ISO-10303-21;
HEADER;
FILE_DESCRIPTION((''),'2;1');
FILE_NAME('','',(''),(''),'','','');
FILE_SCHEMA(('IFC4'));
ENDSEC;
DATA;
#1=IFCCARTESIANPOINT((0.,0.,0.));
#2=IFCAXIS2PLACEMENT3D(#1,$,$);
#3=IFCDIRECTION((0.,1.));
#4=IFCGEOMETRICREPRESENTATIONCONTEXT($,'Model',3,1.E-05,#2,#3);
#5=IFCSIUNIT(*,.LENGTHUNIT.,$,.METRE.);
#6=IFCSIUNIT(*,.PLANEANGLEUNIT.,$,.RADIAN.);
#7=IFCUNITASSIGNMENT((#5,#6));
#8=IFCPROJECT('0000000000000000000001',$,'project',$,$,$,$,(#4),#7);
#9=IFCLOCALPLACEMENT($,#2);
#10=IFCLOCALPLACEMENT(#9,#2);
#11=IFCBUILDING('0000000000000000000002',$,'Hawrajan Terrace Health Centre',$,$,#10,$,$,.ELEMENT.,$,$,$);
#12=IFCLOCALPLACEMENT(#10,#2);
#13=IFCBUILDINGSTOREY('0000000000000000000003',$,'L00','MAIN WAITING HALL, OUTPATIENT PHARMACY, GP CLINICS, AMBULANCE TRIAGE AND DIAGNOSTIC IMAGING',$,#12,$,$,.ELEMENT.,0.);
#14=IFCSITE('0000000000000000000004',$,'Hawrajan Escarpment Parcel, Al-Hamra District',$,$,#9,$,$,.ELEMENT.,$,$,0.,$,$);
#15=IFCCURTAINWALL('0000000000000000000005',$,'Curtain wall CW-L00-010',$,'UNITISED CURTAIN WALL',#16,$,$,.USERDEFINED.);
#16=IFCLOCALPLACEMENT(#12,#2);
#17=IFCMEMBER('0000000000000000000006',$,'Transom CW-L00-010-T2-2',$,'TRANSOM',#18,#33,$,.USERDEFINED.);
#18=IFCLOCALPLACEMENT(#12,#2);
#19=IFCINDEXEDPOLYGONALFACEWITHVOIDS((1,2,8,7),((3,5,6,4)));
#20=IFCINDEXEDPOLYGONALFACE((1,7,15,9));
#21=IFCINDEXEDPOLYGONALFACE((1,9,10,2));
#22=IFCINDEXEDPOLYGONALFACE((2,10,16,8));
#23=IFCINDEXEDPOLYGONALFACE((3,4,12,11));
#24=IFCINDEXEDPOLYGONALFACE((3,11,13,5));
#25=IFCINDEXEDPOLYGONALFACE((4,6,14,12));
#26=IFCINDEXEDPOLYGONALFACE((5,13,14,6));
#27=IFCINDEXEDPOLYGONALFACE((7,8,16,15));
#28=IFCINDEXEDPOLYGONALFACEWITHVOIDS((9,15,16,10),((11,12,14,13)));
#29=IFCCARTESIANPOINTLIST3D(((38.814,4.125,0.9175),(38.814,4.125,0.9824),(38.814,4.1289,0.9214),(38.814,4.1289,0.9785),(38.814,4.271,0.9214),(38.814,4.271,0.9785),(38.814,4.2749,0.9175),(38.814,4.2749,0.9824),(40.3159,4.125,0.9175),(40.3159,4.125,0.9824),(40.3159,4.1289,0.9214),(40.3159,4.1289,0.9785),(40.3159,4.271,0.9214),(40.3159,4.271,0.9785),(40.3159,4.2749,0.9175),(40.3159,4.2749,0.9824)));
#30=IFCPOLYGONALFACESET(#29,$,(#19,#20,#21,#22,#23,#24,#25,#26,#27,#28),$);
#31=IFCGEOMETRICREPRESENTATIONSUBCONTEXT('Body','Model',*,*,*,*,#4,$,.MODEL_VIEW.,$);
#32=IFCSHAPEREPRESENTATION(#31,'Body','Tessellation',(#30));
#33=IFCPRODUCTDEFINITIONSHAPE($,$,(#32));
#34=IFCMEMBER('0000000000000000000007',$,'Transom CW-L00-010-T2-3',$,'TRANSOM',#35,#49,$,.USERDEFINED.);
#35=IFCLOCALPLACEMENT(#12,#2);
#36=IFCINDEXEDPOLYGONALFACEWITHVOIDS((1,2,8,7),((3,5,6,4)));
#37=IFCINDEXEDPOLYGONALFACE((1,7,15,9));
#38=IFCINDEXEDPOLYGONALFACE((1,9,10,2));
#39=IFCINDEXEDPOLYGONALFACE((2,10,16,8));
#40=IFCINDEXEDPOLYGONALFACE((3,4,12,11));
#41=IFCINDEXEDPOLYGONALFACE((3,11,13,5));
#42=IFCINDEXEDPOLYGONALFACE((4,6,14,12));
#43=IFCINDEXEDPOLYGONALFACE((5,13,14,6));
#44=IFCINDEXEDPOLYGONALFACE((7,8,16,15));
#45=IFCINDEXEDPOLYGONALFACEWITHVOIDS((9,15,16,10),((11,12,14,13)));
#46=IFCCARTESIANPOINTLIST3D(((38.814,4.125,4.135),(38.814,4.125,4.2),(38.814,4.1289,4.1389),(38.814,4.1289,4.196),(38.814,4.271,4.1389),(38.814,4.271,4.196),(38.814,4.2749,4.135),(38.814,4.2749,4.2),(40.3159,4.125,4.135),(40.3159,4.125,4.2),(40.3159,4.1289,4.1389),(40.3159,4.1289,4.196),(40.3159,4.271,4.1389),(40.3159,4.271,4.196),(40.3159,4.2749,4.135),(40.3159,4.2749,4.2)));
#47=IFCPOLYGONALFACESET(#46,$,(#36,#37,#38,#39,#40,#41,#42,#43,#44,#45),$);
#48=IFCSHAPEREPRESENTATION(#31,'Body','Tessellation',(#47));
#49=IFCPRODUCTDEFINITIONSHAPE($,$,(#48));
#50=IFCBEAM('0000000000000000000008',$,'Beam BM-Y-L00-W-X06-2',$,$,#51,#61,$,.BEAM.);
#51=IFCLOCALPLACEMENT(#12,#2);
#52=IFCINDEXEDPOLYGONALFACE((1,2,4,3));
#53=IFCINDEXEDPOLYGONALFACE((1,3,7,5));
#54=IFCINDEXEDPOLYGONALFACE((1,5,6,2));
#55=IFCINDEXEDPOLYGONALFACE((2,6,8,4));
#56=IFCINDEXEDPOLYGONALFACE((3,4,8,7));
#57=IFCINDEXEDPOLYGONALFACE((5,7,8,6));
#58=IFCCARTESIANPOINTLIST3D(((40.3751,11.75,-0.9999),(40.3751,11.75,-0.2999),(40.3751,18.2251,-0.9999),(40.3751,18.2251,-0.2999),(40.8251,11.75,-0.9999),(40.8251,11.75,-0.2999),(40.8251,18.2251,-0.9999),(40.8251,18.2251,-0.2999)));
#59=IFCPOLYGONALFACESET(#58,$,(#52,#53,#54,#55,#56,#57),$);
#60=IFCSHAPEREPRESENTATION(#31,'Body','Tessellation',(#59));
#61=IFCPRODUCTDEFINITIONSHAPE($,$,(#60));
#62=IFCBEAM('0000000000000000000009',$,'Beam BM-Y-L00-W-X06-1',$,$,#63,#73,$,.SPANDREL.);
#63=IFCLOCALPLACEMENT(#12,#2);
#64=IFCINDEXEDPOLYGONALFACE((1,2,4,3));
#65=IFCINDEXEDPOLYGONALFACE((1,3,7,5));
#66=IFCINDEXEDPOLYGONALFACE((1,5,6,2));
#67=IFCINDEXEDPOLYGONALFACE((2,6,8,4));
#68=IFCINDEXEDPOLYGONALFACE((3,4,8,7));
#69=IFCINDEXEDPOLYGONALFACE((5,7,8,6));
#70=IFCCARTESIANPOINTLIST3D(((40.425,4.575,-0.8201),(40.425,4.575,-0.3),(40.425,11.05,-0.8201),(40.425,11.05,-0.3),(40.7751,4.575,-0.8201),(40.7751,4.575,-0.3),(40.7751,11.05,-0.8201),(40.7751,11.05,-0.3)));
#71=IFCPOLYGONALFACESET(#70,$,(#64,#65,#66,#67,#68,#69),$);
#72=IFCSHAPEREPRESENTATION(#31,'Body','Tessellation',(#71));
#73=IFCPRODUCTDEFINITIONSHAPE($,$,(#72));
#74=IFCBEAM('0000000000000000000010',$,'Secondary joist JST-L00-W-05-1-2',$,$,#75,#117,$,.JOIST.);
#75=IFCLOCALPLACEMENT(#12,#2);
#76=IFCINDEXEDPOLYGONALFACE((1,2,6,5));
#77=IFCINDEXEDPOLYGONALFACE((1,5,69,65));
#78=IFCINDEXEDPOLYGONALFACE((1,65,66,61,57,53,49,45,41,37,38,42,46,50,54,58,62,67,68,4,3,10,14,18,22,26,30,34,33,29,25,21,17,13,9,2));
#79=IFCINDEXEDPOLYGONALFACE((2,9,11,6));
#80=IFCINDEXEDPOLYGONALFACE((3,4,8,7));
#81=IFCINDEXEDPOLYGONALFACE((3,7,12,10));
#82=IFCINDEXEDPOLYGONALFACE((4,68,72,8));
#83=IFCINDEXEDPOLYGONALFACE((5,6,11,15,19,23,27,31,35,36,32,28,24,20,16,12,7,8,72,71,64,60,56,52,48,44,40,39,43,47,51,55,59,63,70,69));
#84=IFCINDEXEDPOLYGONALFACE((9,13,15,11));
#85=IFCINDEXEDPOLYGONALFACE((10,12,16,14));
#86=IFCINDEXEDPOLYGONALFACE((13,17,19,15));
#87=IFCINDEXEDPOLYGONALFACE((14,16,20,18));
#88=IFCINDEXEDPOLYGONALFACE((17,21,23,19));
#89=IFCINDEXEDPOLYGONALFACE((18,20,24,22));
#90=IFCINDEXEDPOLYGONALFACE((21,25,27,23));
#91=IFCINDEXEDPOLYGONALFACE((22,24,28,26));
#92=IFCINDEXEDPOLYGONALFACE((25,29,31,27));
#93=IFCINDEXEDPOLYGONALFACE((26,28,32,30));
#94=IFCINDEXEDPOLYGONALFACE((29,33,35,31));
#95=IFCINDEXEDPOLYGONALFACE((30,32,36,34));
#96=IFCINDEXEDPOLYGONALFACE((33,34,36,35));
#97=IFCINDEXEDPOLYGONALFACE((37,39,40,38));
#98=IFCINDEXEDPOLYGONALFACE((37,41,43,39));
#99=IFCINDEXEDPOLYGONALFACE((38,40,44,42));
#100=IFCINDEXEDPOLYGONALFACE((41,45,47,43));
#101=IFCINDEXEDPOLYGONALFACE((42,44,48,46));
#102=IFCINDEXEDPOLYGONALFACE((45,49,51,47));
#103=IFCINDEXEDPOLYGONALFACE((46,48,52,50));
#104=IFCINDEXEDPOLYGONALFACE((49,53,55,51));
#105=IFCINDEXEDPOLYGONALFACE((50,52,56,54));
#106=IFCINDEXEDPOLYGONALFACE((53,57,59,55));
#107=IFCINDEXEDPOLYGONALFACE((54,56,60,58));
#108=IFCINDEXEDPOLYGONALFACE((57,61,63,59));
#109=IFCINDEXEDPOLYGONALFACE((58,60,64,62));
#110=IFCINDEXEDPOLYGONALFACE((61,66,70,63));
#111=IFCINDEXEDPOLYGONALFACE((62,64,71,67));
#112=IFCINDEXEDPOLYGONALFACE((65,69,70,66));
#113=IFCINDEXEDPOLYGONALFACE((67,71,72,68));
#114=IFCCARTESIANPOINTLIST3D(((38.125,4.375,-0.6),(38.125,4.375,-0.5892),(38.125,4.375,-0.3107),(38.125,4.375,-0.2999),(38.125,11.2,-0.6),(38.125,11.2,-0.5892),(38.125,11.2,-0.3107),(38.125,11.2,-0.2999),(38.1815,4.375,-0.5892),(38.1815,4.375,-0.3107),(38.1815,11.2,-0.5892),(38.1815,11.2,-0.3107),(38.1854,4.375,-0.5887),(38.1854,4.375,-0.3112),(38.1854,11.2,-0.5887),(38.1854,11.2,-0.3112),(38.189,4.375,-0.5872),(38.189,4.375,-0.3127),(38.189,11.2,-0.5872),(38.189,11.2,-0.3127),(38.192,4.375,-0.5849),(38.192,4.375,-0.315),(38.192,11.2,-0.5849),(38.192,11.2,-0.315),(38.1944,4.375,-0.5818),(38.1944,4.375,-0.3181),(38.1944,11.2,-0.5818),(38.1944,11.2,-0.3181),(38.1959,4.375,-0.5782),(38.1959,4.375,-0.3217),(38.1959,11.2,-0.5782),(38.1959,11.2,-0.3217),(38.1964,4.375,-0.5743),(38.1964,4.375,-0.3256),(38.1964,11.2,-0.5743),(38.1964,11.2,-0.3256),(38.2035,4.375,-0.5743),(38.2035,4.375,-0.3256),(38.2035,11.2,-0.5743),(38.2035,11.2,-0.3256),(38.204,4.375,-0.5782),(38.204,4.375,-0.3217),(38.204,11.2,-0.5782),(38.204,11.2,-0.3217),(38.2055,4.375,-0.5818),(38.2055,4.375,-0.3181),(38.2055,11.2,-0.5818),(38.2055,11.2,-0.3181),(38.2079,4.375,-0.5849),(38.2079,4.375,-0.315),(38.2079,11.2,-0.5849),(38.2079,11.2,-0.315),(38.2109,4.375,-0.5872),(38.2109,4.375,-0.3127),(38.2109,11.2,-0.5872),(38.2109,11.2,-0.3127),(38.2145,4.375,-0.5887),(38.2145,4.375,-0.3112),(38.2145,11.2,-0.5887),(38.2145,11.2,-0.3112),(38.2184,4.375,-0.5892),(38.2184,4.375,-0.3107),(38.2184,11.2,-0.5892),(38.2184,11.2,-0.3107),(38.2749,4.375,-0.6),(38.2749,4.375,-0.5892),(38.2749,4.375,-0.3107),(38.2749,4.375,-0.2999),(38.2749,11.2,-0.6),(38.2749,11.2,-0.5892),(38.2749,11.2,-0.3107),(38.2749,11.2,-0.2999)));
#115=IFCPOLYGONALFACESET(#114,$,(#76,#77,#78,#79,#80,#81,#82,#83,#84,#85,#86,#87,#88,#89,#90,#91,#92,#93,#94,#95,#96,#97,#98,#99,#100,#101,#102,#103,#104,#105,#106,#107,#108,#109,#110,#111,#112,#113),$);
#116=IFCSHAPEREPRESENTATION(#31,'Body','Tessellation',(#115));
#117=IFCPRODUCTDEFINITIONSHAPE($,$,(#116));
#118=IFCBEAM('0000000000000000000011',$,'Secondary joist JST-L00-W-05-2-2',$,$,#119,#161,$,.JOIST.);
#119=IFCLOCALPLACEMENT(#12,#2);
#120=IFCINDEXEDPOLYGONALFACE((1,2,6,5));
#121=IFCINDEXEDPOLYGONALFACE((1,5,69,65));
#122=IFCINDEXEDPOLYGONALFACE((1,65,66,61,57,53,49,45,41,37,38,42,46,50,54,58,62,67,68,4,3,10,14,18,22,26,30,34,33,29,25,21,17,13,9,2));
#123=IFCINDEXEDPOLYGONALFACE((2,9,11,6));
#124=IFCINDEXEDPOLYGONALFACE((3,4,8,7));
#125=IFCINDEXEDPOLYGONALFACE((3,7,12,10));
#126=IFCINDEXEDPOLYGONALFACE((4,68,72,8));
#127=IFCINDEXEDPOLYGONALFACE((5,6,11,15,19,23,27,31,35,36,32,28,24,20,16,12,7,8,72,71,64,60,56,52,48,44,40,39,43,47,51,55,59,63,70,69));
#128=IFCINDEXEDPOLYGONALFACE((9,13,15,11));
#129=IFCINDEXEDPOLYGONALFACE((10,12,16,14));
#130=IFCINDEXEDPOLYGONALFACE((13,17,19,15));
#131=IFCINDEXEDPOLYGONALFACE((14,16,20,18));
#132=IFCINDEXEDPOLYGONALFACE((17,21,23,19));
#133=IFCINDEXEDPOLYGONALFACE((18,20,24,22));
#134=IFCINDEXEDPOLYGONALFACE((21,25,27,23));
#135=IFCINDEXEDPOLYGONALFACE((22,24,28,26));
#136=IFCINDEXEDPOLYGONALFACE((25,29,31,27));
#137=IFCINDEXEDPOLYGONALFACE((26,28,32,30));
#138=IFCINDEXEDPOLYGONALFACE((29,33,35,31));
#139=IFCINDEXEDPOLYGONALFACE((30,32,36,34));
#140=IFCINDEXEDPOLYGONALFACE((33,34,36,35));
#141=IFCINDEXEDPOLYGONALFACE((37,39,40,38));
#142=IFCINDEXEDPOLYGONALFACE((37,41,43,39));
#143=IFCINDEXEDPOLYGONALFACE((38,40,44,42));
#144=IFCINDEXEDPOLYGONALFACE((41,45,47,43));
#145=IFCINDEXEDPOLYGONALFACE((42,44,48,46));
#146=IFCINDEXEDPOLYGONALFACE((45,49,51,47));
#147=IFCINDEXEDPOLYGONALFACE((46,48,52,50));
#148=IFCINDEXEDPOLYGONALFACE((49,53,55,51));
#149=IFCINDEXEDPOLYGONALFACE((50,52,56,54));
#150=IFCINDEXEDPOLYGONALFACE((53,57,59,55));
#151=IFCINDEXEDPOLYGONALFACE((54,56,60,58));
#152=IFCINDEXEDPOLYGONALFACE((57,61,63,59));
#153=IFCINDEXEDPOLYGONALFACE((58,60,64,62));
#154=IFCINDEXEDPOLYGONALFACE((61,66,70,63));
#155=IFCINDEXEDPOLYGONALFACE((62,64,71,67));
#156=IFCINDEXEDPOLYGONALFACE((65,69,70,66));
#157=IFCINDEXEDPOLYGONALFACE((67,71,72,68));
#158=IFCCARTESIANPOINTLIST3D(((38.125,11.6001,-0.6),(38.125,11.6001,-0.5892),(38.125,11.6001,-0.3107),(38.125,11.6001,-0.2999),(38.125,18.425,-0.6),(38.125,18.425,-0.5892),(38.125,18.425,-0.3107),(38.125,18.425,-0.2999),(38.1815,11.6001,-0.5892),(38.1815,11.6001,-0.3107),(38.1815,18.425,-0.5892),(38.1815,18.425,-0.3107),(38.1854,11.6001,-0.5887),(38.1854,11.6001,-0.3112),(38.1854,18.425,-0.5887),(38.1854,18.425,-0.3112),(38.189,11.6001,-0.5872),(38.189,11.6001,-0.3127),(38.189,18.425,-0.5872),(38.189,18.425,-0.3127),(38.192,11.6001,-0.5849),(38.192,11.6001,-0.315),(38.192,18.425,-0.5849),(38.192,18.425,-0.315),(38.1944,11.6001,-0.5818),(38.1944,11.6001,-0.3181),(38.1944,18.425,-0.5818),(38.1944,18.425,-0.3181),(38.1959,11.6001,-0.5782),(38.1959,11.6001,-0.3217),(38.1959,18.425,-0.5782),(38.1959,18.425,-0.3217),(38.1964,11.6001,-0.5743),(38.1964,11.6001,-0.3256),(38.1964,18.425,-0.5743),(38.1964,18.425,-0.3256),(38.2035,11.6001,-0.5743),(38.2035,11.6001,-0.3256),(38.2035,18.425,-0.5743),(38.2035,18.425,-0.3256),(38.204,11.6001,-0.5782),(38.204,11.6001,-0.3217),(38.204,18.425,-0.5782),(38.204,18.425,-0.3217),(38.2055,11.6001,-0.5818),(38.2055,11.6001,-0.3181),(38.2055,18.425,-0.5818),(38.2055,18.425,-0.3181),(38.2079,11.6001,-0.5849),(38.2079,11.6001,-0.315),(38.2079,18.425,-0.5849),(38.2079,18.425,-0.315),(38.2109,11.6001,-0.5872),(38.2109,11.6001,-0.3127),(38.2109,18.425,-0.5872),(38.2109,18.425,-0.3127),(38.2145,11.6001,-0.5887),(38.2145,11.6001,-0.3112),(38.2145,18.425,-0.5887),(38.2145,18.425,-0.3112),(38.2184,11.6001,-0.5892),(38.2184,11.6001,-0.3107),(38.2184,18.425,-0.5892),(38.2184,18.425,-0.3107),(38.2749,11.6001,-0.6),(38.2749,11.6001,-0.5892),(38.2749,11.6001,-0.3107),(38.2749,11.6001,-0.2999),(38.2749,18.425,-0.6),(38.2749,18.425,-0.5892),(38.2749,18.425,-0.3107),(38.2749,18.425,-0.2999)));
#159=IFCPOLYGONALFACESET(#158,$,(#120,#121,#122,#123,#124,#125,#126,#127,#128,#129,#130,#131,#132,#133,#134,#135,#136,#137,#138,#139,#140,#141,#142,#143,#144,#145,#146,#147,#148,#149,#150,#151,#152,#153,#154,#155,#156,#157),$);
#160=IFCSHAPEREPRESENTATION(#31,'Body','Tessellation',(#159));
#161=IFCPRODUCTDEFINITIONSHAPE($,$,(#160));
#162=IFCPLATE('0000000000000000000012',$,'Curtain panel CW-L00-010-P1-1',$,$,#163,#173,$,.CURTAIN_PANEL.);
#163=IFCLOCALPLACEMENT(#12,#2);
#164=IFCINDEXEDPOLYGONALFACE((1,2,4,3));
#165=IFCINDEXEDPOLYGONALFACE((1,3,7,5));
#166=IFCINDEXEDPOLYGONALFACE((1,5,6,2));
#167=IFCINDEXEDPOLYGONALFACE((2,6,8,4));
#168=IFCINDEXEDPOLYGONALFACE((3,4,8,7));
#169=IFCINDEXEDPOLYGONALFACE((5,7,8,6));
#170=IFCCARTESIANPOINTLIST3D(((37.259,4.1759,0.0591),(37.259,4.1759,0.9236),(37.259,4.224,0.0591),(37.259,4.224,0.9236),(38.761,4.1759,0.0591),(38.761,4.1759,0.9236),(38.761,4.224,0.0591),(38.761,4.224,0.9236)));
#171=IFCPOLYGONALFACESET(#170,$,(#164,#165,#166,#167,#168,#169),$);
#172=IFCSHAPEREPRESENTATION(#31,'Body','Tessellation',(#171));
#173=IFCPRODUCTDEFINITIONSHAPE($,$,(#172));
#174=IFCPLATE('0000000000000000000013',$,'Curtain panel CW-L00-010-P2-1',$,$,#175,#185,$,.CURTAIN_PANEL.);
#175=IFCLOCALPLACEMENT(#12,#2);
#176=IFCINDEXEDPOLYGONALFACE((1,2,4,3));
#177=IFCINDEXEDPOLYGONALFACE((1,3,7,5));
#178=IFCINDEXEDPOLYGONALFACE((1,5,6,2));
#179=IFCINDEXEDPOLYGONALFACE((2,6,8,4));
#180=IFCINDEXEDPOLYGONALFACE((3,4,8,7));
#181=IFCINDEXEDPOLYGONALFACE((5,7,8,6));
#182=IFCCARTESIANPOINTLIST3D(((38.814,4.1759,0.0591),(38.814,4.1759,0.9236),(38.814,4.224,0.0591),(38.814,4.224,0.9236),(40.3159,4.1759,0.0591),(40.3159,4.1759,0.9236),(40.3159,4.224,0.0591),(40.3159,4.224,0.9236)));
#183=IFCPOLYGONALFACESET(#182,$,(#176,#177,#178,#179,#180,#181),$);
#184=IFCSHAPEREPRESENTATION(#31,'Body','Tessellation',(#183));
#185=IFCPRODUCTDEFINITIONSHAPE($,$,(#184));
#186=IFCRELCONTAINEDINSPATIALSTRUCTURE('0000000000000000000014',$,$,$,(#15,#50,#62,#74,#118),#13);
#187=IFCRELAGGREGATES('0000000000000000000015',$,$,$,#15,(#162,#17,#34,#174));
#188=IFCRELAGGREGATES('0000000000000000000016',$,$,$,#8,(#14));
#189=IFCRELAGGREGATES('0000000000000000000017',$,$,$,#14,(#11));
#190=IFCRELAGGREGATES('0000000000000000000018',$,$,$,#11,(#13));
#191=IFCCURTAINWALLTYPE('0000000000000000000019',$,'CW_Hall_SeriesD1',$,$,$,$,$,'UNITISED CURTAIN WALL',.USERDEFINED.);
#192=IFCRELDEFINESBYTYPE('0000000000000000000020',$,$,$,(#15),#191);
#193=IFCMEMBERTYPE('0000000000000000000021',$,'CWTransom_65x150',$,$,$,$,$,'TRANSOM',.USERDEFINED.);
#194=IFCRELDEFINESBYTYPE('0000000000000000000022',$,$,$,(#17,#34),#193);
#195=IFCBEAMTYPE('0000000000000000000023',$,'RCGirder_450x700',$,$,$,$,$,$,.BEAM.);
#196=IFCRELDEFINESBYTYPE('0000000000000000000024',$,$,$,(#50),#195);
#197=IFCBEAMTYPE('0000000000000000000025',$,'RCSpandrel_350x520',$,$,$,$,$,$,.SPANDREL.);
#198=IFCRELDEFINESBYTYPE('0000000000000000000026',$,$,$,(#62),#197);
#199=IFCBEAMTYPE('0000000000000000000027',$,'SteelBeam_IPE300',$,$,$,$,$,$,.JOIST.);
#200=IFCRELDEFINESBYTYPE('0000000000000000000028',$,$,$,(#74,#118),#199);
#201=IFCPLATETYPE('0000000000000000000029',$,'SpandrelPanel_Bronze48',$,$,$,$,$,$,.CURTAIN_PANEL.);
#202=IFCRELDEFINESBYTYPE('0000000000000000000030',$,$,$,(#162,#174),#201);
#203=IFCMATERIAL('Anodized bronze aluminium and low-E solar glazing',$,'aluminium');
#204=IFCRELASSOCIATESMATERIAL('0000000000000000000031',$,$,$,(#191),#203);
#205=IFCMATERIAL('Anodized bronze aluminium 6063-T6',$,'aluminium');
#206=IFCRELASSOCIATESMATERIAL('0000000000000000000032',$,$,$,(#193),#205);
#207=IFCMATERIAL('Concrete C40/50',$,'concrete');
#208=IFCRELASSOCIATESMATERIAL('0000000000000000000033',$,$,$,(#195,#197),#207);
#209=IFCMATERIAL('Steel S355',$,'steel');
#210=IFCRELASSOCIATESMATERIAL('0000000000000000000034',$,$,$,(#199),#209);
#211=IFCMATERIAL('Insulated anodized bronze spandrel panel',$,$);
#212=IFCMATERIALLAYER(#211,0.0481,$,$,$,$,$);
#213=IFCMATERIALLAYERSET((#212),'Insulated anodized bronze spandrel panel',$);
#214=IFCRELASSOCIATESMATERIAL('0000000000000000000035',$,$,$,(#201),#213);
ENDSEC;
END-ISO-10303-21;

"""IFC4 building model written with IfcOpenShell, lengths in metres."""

from ifc_helpers import new_model, si_unit, direction, frame, origin, origin_2d, place, context, subcontext, project, spatial, rectangle, hollow_rectangle, i_section, extrude, material, layer, layer_set, material_profile, profile_set, type_object, element, aggregate, save


model = new_model("IFC4")

# Units and contexts
model_context = context("Model", 3, precision=1e-05, world=origin(), true_north=direction((0.0, 1.0)))
body_context = subcontext(model_context, "Body", "Model", "MODEL_VIEW")
ifc_project = project(units=[si_unit("LENGTHUNIT", "METRE"), si_unit("PLANEANGLEUNIT", "RADIAN")], contexts=[model_context])

# Site, building, storey
site_placement = place(None, origin())
site = spatial("IfcSite", under=ifc_project, at=site_placement, Name="Hawrajan Escarpment Parcel, Al-Hamra District", CompositionType="ELEMENT", RefElevation=0.0)
building_placement = place(site_placement, origin())
building = spatial("IfcBuilding", under=site, at=building_placement, Name="Hawrajan Terrace Health Centre", CompositionType="ELEMENT")
storey_placement = place(building_placement, origin())
storey = spatial("IfcBuildingStorey", under=building, at=storey_placement, Name="L00", Description="MAIN WAITING HALL, OUTPATIENT PHARMACY, GP CLINICS, AMBULANCE TRIAGE AND DIAGNOSTIC IMAGING", CompositionType="ELEMENT", Elevation=0.0)

# Shared definitions
ifc_material_1 = material(Name="Concrete C40/50", Category="concrete")

# Shared definitions
ifc_material_2 = material(Name="Anodized bronze aluminium and low-E solar glazing", Category="aluminium")
ifc_material_3 = material(Name="Anodized bronze aluminium 6063-T6", Category="aluminium")

# Curtain wall, members
curtain_wall_type_1 = type_object("IfcCurtainWallType", Name="CW_Hall_SeriesD1", ElementType="UNITISED CURTAIN WALL", PredefinedType="USERDEFINED", material=ifc_material_2)
curtain_wall_1_placement = place(storey_placement, origin())
curtain_wall_1 = element("IfcCurtainWall", 1, at=curtain_wall_1_placement, inside=storey, type_object=curtain_wall_type_1, Name="Curtain wall CW-L00-010", ObjectType="UNITISED CURTAIN WALL", PredefinedType="USERDEFINED")
ifc_material_profile_1 = material_profile(ifc_material_3, hollow_rectangle(XDim=0.0649, YDim=0.1499, WallThickness=0.0039, at=origin_2d()), Name="CW TRN 65x150")
ifc_profile_set_1 = profile_set([ifc_material_profile_1], Name="Anodized bronze aluminium 6063-T6")
member_type_1 = type_object("IfcMemberType", Name="CWTransom_65x150", ElementType="TRANSOM", PredefinedType="USERDEFINED", material=ifc_profile_set_1)
member_1_placement = place(storey_placement, frame((38.814, 4.2, 0.95), z_axis=(1.0, 0.0, 0.0), x_axis=(0.0, 0.0, 1.0)))
member_1 = element("IfcMember", 2, at=member_1_placement, type_object=member_type_1, Name="Transom CW-L00-010-T2-2", ObjectType="TRANSOM", PredefinedType="USERDEFINED", context=body_context, shape_type="SweptSolid", body=[
    extrude(hollow_rectangle(XDim=0.0649, YDim=0.1499, WallThickness=0.0039, at=origin_2d()), origin(), (0.0, 0.0, 1.0), 1.502),
])
member_2_placement = place(storey_placement, frame((38.814, 4.2, 4.1675), z_axis=(1.0, 0.0, 0.0), x_axis=(0.0, 0.0, 1.0)))
member_2 = element("IfcMember", 3, at=member_2_placement, type_object=member_type_1, Name="Transom CW-L00-010-T2-3", ObjectType="TRANSOM", PredefinedType="USERDEFINED", context=body_context, shape_type="SweptSolid", body=[
    extrude(hollow_rectangle(XDim=0.0649, YDim=0.1499, WallThickness=0.0039, at=origin_2d()), origin(), (0.0, 0.0, 1.0), 1.502),
])

# Beams
ifc_material_profile_2 = material_profile(ifc_material_1, rectangle(XDim=0.45, YDim=0.7, at=origin_2d()), Name="RC BM 450x700")
ifc_profile_set_2 = profile_set([ifc_material_profile_2], Name="Concrete C40/50")
beam_type_1 = type_object("IfcBeamType", Name="RCGirder_450x700", PredefinedType="BEAM", material=ifc_profile_set_2)
beam_1_placement = place(storey_placement, frame((40.6001, 11.75, -0.6499), z_axis=(0.0, 1.0, 0.0), x_axis=(-1.0, 0.0, 0.0)))
element("IfcBeam", 4, at=beam_1_placement, inside=storey, type_object=beam_type_1, Name="Beam BM-Y-L00-W-X06-2", PredefinedType="BEAM", context=body_context, shape_type="SweptSolid", body=[
    extrude(rectangle(XDim=0.45, YDim=0.7, at=origin_2d()), origin(), (0.0, 0.0, 1.0), 6.4751),
])
ifc_material_profile_3 = material_profile(ifc_material_1, rectangle(XDim=0.3501, YDim=0.52, at=origin_2d()), Name="RC SP 350x520")
ifc_profile_set_3 = profile_set([ifc_material_profile_3], Name="Concrete C40/50")
beam_type_2 = type_object("IfcBeamType", Name="RCSpandrel_350x520", PredefinedType="SPANDREL", material=ifc_profile_set_3)
beam_2_placement = place(storey_placement, frame((40.6001, 4.575, -0.5601), z_axis=(0.0, 1.0, 0.0), x_axis=(-1.0, 0.0, 0.0)))
element("IfcBeam", 5, at=beam_2_placement, inside=storey, type_object=beam_type_2, Name="Beam BM-Y-L00-W-X06-1", PredefinedType="SPANDREL", context=body_context, shape_type="SweptSolid", body=[
    extrude(rectangle(XDim=0.3501, YDim=0.52, at=origin_2d()), origin(), (0.0, 0.0, 1.0), 6.4751),
])
ifc_material_4 = material(Name="Steel S355", Category="steel")
ifc_material_profile_4 = material_profile(ifc_material_4, i_section(OverallWidth=0.1499, OverallDepth=0.3, WebThickness=0.0071, FlangeThickness=0.0107, FilletRadius=0.0149, at=origin_2d()), Name="IPE 300")
ifc_profile_set_4 = profile_set([ifc_material_profile_4], Name="Steel S355")
beam_type_3 = type_object("IfcBeamType", Name="SteelBeam_IPE300", PredefinedType="JOIST", material=ifc_profile_set_4)
for number, where, z_axis, x_axis, name in (
    (6, (38.2, 4.375, -0.45), (0.0, 1.0, 0.0), (-1.0, 0.0, 0.0), "Secondary joist JST-L00-W-05-1-2"),
    (7, (38.2, 11.6001, -0.45), (0.0, 1.0, 0.0), (-1.0, 0.0, 0.0), "Secondary joist JST-L00-W-05-2-2"),
):
    element("IfcBeam", number, at=place(storey_placement, frame(where, z_axis=z_axis, x_axis=x_axis)), inside=storey, type_object=beam_type_3, Name=name, PredefinedType="JOIST", context=body_context, shape_type="SweptSolid", body=[
        extrude(i_section(OverallWidth=0.1499, OverallDepth=0.3, WebThickness=0.0071, FlangeThickness=0.0107, FilletRadius=0.0149, at=origin_2d()), origin(), (0.0, 0.0, 1.0), 6.825),
    ])

# Plates
ifc_material_5 = material(Name="Insulated anodized bronze spandrel panel")
ifc_layer_1 = layer(ifc_material_5, 0.0481)
ifc_layer_set_1 = layer_set([ifc_layer_1], Name="Insulated anodized bronze spandrel panel")
plate_type_1 = type_object("IfcPlateType", Name="SpandrelPanel_Bronze48", PredefinedType="CURTAIN_PANEL", material=ifc_layer_set_1)
plate_1_placement = place(storey_placement, frame((38.01, 4.2, 0.0591), z_axis=(0.0, 0.0, 1.0), x_axis=(1.0, 0.0, 0.0)))
plate_1 = element("IfcPlate", 8, at=plate_1_placement, type_object=plate_type_1, Name="Curtain panel CW-L00-010-P1-1", PredefinedType="CURTAIN_PANEL", context=body_context, shape_type="SweptSolid", body=[
    extrude(rectangle(XDim=1.502, YDim=0.0481, at=origin_2d()), origin(), (0.0, 0.0, 1.0), 0.8645),
])
plate_2_placement = place(storey_placement, frame((39.5649, 4.2, 0.0591), z_axis=(0.0, 0.0, 1.0), x_axis=(1.0, 0.0, 0.0)))
plate_2 = element("IfcPlate", 9, at=plate_2_placement, type_object=plate_type_1, Name="Curtain panel CW-L00-010-P2-1", PredefinedType="CURTAIN_PANEL", context=body_context, shape_type="SweptSolid", body=[
    extrude(rectangle(XDim=1.502, YDim=0.0481, at=origin_2d()), origin(), (0.0, 0.0, 1.0), 0.8645),
])
aggregate(curtain_wall_1, [plate_1, member_1, member_2, plate_2])

save(model, "model.ifc")
